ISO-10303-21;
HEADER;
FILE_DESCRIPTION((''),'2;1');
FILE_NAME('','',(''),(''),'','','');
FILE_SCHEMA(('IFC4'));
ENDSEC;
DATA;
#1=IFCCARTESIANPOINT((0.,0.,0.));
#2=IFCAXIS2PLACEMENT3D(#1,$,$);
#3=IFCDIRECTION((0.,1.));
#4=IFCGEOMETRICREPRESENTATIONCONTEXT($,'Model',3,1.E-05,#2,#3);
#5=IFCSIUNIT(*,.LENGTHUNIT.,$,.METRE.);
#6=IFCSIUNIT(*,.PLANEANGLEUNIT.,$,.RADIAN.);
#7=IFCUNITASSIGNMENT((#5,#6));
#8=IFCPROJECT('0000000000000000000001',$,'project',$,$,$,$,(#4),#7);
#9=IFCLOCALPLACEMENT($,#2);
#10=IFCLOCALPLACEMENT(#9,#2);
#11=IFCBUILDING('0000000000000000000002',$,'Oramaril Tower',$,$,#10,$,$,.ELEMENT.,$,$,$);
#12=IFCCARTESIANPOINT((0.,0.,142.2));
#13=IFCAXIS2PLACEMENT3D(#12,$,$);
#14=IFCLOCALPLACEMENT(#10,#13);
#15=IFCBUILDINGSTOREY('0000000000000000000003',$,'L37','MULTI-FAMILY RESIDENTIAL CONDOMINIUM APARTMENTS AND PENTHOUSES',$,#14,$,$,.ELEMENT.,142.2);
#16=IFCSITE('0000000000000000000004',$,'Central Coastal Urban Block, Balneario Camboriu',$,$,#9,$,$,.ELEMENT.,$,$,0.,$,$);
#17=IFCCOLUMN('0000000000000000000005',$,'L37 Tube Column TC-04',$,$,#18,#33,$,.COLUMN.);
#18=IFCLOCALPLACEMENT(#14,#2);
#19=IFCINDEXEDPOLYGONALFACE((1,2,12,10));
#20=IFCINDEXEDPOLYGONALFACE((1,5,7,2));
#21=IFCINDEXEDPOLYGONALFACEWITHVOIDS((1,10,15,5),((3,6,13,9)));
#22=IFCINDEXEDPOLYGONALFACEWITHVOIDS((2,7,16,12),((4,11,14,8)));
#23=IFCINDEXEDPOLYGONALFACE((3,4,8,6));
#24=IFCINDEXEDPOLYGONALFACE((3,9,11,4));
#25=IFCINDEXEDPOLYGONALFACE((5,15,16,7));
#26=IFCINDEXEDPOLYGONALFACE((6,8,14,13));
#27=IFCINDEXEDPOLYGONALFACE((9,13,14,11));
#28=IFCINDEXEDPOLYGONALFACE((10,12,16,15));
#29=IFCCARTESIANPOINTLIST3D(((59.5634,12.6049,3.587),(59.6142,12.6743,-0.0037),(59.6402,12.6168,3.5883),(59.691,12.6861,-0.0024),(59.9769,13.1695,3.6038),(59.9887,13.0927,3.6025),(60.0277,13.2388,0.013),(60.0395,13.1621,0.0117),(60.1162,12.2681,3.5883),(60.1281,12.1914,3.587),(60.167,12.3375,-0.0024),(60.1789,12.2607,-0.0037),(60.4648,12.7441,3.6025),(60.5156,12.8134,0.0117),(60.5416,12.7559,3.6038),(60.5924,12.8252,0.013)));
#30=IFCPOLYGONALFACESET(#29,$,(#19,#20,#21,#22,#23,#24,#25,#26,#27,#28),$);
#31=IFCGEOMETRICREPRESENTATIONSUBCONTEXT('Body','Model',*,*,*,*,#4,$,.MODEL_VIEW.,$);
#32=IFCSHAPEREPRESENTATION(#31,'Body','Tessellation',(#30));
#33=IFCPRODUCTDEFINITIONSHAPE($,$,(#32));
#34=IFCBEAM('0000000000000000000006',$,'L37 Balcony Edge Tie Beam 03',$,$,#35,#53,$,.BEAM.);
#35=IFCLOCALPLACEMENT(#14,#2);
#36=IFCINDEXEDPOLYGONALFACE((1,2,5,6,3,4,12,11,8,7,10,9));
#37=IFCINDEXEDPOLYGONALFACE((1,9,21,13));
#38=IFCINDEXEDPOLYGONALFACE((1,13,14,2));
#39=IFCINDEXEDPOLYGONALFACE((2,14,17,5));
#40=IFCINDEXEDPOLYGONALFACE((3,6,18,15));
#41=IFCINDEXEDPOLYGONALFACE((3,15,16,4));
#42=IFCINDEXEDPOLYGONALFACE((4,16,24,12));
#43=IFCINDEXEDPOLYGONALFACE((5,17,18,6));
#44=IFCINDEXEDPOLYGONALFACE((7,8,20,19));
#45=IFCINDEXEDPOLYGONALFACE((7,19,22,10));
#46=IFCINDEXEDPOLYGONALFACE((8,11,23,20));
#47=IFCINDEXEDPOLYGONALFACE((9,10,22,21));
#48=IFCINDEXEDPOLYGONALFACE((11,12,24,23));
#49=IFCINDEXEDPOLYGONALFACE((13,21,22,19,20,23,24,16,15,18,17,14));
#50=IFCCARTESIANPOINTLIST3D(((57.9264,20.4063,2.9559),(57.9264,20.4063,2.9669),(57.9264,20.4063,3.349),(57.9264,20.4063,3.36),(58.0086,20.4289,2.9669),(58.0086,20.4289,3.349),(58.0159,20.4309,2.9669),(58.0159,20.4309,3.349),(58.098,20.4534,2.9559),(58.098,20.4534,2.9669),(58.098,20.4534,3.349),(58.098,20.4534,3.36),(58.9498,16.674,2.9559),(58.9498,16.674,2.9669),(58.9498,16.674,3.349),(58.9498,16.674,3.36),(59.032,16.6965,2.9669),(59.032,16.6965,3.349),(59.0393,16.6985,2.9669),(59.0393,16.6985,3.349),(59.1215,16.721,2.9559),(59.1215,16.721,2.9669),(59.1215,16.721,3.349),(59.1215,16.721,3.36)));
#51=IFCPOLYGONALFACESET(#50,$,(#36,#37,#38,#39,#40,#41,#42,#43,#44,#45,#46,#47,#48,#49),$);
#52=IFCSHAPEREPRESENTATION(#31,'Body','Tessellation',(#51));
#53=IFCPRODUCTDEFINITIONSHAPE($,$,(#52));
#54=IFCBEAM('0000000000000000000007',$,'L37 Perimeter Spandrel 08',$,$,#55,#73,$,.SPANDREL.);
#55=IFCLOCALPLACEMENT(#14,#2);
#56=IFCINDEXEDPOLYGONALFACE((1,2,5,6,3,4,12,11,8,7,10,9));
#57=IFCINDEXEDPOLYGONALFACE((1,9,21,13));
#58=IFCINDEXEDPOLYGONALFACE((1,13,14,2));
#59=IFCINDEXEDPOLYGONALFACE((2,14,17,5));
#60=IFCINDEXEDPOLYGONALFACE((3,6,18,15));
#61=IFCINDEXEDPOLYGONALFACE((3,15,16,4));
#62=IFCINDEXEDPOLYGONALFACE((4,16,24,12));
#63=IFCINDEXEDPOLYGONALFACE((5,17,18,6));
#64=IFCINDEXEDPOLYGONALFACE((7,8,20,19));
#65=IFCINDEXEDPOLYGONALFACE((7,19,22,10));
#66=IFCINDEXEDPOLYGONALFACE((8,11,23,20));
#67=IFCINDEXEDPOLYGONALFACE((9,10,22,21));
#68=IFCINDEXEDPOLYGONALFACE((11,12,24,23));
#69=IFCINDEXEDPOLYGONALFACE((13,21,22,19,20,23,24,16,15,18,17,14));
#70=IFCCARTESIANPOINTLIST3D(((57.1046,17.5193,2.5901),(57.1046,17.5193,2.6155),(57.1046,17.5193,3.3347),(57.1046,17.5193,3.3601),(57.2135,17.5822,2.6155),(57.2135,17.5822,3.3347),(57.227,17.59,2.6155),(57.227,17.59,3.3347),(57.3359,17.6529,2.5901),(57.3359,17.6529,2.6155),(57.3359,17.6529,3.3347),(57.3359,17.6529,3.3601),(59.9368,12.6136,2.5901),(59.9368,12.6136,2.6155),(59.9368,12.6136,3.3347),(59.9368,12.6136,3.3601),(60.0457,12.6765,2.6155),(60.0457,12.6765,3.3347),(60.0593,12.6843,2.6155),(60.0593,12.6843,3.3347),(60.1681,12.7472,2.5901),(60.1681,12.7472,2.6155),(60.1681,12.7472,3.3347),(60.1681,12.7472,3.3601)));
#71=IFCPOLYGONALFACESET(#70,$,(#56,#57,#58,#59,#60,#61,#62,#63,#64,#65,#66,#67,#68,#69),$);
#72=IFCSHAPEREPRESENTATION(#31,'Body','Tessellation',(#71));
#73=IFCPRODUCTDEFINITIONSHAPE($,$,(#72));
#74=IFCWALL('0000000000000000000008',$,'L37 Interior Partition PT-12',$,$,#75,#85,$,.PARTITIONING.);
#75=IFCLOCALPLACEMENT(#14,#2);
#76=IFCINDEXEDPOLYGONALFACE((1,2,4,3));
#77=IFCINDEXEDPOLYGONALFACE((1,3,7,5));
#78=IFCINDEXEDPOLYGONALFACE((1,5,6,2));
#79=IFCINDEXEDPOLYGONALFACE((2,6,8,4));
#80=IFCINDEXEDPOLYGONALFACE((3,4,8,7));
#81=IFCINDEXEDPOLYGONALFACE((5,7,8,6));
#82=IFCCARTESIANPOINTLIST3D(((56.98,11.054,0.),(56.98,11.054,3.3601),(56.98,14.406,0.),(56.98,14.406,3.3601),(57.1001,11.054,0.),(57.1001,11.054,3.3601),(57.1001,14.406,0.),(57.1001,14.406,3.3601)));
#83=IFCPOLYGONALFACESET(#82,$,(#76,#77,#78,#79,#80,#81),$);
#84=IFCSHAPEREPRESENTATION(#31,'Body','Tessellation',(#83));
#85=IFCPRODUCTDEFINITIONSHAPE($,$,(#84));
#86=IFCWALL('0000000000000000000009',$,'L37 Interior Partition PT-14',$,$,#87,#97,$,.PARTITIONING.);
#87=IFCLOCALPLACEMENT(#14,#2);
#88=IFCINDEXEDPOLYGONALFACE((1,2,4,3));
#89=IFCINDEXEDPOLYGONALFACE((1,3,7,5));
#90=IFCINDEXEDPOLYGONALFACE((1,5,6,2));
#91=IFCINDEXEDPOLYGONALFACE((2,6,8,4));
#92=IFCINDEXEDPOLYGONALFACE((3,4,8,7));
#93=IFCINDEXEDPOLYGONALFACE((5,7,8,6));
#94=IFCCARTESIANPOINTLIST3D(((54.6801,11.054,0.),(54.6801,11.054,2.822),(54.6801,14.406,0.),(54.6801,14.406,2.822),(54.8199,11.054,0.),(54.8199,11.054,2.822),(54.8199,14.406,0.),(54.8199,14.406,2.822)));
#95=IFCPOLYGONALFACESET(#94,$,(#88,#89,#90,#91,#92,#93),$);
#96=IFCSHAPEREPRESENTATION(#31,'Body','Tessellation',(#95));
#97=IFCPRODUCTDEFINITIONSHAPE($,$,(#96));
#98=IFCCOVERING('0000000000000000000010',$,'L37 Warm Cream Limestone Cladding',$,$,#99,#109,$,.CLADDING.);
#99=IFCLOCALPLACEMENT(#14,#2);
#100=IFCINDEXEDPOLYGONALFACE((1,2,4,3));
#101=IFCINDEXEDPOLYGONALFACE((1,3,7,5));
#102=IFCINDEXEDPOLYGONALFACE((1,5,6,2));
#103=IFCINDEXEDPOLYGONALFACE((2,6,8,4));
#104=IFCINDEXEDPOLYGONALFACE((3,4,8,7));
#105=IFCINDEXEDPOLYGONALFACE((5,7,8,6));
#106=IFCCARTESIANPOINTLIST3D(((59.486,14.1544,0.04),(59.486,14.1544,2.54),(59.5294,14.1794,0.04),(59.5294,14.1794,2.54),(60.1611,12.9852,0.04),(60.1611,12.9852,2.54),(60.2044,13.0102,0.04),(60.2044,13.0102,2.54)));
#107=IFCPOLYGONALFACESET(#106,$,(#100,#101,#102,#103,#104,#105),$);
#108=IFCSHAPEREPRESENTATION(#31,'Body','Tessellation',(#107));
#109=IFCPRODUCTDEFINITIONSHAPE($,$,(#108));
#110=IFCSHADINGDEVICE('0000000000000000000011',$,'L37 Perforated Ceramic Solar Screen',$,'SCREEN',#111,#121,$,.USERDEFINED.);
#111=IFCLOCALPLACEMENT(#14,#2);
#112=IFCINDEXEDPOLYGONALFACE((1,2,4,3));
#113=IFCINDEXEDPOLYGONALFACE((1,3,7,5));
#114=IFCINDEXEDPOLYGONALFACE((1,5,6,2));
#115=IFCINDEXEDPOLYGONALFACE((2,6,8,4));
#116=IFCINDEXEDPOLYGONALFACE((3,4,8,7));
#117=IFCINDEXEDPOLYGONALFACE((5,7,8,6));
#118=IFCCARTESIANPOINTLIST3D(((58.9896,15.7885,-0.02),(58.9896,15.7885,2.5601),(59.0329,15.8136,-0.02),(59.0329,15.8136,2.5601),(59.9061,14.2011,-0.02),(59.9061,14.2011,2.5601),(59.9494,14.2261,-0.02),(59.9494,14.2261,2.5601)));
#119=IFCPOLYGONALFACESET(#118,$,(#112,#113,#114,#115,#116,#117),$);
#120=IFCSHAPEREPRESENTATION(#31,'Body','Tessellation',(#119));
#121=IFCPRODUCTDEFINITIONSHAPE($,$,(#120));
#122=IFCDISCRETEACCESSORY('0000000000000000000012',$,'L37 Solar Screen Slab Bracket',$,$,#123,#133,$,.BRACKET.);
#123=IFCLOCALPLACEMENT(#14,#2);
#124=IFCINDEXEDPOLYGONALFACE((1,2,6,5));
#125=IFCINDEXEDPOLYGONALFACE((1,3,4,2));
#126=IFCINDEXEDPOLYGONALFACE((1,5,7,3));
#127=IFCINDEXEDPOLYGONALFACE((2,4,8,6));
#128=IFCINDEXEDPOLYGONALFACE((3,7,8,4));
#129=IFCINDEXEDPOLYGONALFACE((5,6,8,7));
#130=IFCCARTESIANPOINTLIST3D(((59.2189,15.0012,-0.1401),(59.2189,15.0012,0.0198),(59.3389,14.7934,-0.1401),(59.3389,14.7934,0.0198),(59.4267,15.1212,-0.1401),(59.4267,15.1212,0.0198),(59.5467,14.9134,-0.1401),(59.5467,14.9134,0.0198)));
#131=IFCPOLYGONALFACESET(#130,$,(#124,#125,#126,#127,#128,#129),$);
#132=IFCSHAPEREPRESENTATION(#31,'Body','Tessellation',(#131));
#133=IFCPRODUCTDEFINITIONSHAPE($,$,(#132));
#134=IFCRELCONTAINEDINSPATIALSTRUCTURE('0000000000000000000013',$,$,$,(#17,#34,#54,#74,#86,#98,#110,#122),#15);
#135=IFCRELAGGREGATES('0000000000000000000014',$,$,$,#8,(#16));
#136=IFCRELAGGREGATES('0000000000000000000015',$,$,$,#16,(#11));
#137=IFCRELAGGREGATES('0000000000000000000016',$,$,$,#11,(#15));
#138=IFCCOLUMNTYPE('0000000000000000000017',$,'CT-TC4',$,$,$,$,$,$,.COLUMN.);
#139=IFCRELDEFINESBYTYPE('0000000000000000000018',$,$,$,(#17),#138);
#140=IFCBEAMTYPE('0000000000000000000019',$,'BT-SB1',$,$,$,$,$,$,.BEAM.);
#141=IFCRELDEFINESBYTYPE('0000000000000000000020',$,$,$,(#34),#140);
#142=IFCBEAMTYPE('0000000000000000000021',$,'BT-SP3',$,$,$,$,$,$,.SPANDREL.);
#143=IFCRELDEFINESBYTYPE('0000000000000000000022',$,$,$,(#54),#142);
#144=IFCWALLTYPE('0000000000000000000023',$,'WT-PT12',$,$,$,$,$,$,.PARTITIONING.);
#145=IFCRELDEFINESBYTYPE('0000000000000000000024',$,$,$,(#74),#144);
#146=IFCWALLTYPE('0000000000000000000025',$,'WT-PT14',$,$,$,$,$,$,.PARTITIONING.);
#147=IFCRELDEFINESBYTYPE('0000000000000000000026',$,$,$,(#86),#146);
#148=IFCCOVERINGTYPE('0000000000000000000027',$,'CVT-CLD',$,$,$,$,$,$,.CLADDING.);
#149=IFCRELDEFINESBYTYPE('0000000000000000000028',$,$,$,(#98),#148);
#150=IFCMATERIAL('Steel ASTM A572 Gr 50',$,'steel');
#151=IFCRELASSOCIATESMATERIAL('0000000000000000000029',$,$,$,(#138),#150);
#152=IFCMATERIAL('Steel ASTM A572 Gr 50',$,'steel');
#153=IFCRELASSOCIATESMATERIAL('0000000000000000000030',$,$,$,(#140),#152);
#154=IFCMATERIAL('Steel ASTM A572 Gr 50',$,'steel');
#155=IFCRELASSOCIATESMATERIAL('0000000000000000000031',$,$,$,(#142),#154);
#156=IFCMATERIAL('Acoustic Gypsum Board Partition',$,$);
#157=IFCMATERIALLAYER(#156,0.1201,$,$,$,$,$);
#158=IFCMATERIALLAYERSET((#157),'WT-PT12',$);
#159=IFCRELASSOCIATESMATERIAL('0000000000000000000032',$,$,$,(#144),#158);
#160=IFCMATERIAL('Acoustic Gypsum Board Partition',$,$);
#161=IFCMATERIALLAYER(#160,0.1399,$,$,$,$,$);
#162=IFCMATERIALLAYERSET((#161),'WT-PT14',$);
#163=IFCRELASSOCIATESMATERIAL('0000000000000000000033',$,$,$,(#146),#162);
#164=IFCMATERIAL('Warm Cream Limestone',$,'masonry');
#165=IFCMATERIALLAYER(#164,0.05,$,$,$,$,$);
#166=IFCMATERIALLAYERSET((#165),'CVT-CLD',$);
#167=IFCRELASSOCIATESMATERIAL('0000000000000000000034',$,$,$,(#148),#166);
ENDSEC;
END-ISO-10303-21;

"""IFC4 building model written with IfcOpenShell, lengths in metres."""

from ifc_helpers import new_model, si_unit, direction, frame, frame_2d, origin, origin_2d, place, context, subcontext, project, spatial, rectangle, hollow_rectangle, i_section, extrude, material, layer, layer_set, material_profile, profile_set, type_object, element, save


model = new_model("IFC4")

# Units and contexts
model_context = context("Model", 3, precision=1e-05, world=origin(), true_north=direction((0.0, 1.0)))
body_context = subcontext(model_context, "Body", "Model", "MODEL_VIEW")
ifc_project = project(units=[si_unit("LENGTHUNIT", "METRE"), si_unit("PLANEANGLEUNIT", "RADIAN")], contexts=[model_context])

# Site, building, storey
site_placement = place(None, origin())
site = spatial("IfcSite", under=ifc_project, at=site_placement, Name="Central Coastal Urban Block, Balneario Camboriu", CompositionType="ELEMENT", RefElevation=0.0)
building_placement = place(site_placement, origin())
building = spatial("IfcBuilding", under=site, at=building_placement, Name="Oramaril Tower", CompositionType="ELEMENT")
storey_placement = place(building_placement, frame((0.0, 0.0, 142.2)))
storey = spatial("IfcBuildingStorey", under=building, at=storey_placement, Name="L37", Description="MULTI-FAMILY RESIDENTIAL CONDOMINIUM APARTMENTS AND PENTHOUSES", CompositionType="ELEMENT", Elevation=142.2)

# Column
ifc_material_1 = material(Name="Steel ASTM A572 Gr 50", Category="steel")
ifc_material_profile_1 = material_profile(ifc_material_1, hollow_rectangle(XDim=0.7, YDim=0.7, WallThickness=0.0549, at=origin_2d()), Name="BOX700X700X55")
ifc_profile_set_1 = profile_set([ifc_material_profile_1], Name="Steel ASTM A572 Gr 50")
column_type = type_object("IfcColumnType", Name="CT-TC4", PredefinedType="COLUMN", material=ifc_profile_set_1)
column_placement = place(storey_placement, frame((60.1033, 12.7498, 0.0046), z_axis=(-0.014138, -0.019304, 0.999714), x_axis=(0.806766, -0.590871, 0.0)))
element("IfcColumn", 1, at=column_placement, inside=storey, type_object=column_type, Name="L37 Tube Column TC-04", PredefinedType="COLUMN", context=body_context, shape_type="SweptSolid", body=[
    extrude(hollow_rectangle(XDim=0.7, YDim=0.7, WallThickness=0.0549, at=origin_2d()), origin(), (0.0, 0.0, 1.0), 3.5918),
])

# Beams
ifc_material_2 = material(Name="Steel ASTM A572 Gr 50", Category="steel")
ifc_material_profile_2 = material_profile(ifc_material_2, i_section(OverallWidth=0.178, OverallDepth=0.4041, WebThickness=0.0076, FlangeThickness=0.011, at=origin_2d()), Name="W16X36")
ifc_profile_set_2 = profile_set([ifc_material_profile_2], Name="Steel ASTM A572 Gr 50")
beam_type_1 = type_object("IfcBeamType", Name="BT-SB1", PredefinedType="BEAM", material=ifc_profile_set_2)
beam_1_placement = place(storey_placement, frame((59.0356, 16.6975, 3.158), z_axis=(-0.264441, 0.964402, 0.0), x_axis=(-0.964402, -0.264441, 0.0)))
element("IfcBeam", 2, at=beam_1_placement, inside=storey, type_object=beam_type_1, Name="L37 Balcony Edge Tie Beam 03", PredefinedType="BEAM", context=body_context, shape_type="SweptSolid", body=[
    extrude(i_section(OverallWidth=0.178, OverallDepth=0.4041, WebThickness=0.0076, FlangeThickness=0.011, at=origin_2d()), origin(), (0.0, 0.0, 1.0), 3.8701),
])
ifc_material_3 = material(Name="Steel ASTM A572 Gr 50", Category="steel")
ifc_material_profile_3 = material_profile(ifc_material_3, i_section(OverallWidth=0.2671, OverallDepth=0.77, WebThickness=0.0156, FlangeThickness=0.0254, at=origin_2d()), Name="W30X132")
ifc_profile_set_3 = profile_set([ifc_material_profile_3], Name="Steel ASTM A572 Gr 50")
beam_type_2 = type_object("IfcBeamType", Name="BT-SP3", PredefinedType="SPANDREL", material=ifc_profile_set_3)
beam_2_placement = place(storey_placement, frame((60.0525, 12.6804, 2.9751), z_axis=(-0.499991, 0.866031, 0.0), x_axis=(-0.866031, -0.499991, 0.0)))
element("IfcBeam", 3, at=beam_2_placement, inside=storey, type_object=beam_type_2, Name="L37 Perimeter Spandrel 08", PredefinedType="SPANDREL", context=body_context, shape_type="SweptSolid", body=[
    extrude(i_section(OverallWidth=0.2671, OverallDepth=0.77, WebThickness=0.0156, FlangeThickness=0.0254, at=origin_2d()), origin(), (0.0, 0.0, 1.0), 5.6646),
])

# Walls
ifc_material_4 = material(Name="Acoustic Gypsum Board Partition")
ifc_layer_1 = layer(ifc_material_4, 0.1201)
ifc_layer_set_1 = layer_set([ifc_layer_1], Name="WT-PT12")
wall_type_1 = type_object("IfcWallType", Name="WT-PT12", PredefinedType="PARTITIONING", material=ifc_layer_set_1)
wall_1_placement = place(storey_placement, frame((57.04, 11.054, 0.0), z_axis=(0.0, 0.0, 1.0), x_axis=(0.0, 1.0, 0.0)))
element("IfcWall", 4, at=wall_1_placement, inside=storey, type_object=wall_type_1, Name="L37 Interior Partition PT-12", PredefinedType="PARTITIONING", context=body_context, shape_type="SweptSolid", body=[
    extrude(rectangle(XDim=3.3521, YDim=0.1201, at=frame_2d((1.676, 0.0))), origin(), (0.0, 0.0, 1.0), 3.3601),
])
ifc_material_5 = material(Name="Acoustic Gypsum Board Partition")
ifc_layer_2 = layer(ifc_material_5, 0.1399)
ifc_layer_set_2 = layer_set([ifc_layer_2], Name="WT-PT14")
wall_type_2 = type_object("IfcWallType", Name="WT-PT14", PredefinedType="PARTITIONING", material=ifc_layer_set_2)
wall_2_placement = place(storey_placement, frame((54.75, 11.054, 0.0), z_axis=(0.0, 0.0, 1.0), x_axis=(0.0, 1.0, 0.0)))
element("IfcWall", 5, at=wall_2_placement, inside=storey, type_object=wall_type_2, Name="L37 Interior Partition PT-14", PredefinedType="PARTITIONING", context=body_context, shape_type="SweptSolid", body=[
    extrude(rectangle(XDim=3.3521, YDim=0.1399, at=frame_2d((1.676, 0.0))), origin(), (0.0, 0.0, 1.0), 2.822),
])

# Covering
ifc_material_6 = material(Name="Warm Cream Limestone", Category="masonry")
ifc_layer_3 = layer(ifc_material_6, 0.05)
ifc_layer_set_3 = layer_set([ifc_layer_3], Name="CVT-CLD")
covering_type = type_object("IfcCoveringType", Name="CVT-CLD", PredefinedType="CLADDING", material=ifc_layer_set_3)
covering_placement = place(storey_placement, frame((59.8452, 13.5823, 0.04), z_axis=(0.0, 0.0, 1.0), x_axis=(-0.499998, 0.866026, 0.0)))
element("IfcCovering", 6, at=covering_placement, inside=storey, type_object=covering_type, Name="L37 Warm Cream Limestone Cladding", PredefinedType="CLADDING", context=body_context, shape_type="SweptSolid", body=[
    extrude(rectangle(XDim=1.3501, YDim=0.05, at=origin_2d()), origin(), (0.0, 0.0, 1.0), 2.5),
])

# Shading device
shading_device_placement = place(storey_placement, frame((59.4695, 15.0073, -0.02), z_axis=(0.0, 0.0, 1.0), x_axis=(-0.499998, 0.866026, 0.0)))
element("IfcShadingDevice", 7, at=shading_device_placement, inside=storey, Name="L37 Perforated Ceramic Solar Screen", ObjectType="SCREEN", PredefinedType="USERDEFINED", context=body_context, shape_type="SweptSolid", body=[
    extrude(rectangle(XDim=1.833, YDim=0.05, at=origin_2d()), origin(), (0.0, 0.0, 1.0), 2.5801),
])

# Discrete accessory
discrete_accessory_placement = place(storey_placement, frame((59.3828, 14.9573, -0.1401), z_axis=(0.0, 0.0, 1.0), x_axis=(-0.499998, 0.866026, 0.0)))
element("IfcDiscreteAccessory", 8, at=discrete_accessory_placement, inside=storey, Name="L37 Solar Screen Slab Bracket", PredefinedType="BRACKET", context=body_context, shape_type="SweptSolid", body=[
    extrude(rectangle(XDim=0.24, YDim=0.24, at=origin_2d()), origin(), (0.0, 0.0, 1.0), 0.1599),
])

save(model, "model.ifc")
